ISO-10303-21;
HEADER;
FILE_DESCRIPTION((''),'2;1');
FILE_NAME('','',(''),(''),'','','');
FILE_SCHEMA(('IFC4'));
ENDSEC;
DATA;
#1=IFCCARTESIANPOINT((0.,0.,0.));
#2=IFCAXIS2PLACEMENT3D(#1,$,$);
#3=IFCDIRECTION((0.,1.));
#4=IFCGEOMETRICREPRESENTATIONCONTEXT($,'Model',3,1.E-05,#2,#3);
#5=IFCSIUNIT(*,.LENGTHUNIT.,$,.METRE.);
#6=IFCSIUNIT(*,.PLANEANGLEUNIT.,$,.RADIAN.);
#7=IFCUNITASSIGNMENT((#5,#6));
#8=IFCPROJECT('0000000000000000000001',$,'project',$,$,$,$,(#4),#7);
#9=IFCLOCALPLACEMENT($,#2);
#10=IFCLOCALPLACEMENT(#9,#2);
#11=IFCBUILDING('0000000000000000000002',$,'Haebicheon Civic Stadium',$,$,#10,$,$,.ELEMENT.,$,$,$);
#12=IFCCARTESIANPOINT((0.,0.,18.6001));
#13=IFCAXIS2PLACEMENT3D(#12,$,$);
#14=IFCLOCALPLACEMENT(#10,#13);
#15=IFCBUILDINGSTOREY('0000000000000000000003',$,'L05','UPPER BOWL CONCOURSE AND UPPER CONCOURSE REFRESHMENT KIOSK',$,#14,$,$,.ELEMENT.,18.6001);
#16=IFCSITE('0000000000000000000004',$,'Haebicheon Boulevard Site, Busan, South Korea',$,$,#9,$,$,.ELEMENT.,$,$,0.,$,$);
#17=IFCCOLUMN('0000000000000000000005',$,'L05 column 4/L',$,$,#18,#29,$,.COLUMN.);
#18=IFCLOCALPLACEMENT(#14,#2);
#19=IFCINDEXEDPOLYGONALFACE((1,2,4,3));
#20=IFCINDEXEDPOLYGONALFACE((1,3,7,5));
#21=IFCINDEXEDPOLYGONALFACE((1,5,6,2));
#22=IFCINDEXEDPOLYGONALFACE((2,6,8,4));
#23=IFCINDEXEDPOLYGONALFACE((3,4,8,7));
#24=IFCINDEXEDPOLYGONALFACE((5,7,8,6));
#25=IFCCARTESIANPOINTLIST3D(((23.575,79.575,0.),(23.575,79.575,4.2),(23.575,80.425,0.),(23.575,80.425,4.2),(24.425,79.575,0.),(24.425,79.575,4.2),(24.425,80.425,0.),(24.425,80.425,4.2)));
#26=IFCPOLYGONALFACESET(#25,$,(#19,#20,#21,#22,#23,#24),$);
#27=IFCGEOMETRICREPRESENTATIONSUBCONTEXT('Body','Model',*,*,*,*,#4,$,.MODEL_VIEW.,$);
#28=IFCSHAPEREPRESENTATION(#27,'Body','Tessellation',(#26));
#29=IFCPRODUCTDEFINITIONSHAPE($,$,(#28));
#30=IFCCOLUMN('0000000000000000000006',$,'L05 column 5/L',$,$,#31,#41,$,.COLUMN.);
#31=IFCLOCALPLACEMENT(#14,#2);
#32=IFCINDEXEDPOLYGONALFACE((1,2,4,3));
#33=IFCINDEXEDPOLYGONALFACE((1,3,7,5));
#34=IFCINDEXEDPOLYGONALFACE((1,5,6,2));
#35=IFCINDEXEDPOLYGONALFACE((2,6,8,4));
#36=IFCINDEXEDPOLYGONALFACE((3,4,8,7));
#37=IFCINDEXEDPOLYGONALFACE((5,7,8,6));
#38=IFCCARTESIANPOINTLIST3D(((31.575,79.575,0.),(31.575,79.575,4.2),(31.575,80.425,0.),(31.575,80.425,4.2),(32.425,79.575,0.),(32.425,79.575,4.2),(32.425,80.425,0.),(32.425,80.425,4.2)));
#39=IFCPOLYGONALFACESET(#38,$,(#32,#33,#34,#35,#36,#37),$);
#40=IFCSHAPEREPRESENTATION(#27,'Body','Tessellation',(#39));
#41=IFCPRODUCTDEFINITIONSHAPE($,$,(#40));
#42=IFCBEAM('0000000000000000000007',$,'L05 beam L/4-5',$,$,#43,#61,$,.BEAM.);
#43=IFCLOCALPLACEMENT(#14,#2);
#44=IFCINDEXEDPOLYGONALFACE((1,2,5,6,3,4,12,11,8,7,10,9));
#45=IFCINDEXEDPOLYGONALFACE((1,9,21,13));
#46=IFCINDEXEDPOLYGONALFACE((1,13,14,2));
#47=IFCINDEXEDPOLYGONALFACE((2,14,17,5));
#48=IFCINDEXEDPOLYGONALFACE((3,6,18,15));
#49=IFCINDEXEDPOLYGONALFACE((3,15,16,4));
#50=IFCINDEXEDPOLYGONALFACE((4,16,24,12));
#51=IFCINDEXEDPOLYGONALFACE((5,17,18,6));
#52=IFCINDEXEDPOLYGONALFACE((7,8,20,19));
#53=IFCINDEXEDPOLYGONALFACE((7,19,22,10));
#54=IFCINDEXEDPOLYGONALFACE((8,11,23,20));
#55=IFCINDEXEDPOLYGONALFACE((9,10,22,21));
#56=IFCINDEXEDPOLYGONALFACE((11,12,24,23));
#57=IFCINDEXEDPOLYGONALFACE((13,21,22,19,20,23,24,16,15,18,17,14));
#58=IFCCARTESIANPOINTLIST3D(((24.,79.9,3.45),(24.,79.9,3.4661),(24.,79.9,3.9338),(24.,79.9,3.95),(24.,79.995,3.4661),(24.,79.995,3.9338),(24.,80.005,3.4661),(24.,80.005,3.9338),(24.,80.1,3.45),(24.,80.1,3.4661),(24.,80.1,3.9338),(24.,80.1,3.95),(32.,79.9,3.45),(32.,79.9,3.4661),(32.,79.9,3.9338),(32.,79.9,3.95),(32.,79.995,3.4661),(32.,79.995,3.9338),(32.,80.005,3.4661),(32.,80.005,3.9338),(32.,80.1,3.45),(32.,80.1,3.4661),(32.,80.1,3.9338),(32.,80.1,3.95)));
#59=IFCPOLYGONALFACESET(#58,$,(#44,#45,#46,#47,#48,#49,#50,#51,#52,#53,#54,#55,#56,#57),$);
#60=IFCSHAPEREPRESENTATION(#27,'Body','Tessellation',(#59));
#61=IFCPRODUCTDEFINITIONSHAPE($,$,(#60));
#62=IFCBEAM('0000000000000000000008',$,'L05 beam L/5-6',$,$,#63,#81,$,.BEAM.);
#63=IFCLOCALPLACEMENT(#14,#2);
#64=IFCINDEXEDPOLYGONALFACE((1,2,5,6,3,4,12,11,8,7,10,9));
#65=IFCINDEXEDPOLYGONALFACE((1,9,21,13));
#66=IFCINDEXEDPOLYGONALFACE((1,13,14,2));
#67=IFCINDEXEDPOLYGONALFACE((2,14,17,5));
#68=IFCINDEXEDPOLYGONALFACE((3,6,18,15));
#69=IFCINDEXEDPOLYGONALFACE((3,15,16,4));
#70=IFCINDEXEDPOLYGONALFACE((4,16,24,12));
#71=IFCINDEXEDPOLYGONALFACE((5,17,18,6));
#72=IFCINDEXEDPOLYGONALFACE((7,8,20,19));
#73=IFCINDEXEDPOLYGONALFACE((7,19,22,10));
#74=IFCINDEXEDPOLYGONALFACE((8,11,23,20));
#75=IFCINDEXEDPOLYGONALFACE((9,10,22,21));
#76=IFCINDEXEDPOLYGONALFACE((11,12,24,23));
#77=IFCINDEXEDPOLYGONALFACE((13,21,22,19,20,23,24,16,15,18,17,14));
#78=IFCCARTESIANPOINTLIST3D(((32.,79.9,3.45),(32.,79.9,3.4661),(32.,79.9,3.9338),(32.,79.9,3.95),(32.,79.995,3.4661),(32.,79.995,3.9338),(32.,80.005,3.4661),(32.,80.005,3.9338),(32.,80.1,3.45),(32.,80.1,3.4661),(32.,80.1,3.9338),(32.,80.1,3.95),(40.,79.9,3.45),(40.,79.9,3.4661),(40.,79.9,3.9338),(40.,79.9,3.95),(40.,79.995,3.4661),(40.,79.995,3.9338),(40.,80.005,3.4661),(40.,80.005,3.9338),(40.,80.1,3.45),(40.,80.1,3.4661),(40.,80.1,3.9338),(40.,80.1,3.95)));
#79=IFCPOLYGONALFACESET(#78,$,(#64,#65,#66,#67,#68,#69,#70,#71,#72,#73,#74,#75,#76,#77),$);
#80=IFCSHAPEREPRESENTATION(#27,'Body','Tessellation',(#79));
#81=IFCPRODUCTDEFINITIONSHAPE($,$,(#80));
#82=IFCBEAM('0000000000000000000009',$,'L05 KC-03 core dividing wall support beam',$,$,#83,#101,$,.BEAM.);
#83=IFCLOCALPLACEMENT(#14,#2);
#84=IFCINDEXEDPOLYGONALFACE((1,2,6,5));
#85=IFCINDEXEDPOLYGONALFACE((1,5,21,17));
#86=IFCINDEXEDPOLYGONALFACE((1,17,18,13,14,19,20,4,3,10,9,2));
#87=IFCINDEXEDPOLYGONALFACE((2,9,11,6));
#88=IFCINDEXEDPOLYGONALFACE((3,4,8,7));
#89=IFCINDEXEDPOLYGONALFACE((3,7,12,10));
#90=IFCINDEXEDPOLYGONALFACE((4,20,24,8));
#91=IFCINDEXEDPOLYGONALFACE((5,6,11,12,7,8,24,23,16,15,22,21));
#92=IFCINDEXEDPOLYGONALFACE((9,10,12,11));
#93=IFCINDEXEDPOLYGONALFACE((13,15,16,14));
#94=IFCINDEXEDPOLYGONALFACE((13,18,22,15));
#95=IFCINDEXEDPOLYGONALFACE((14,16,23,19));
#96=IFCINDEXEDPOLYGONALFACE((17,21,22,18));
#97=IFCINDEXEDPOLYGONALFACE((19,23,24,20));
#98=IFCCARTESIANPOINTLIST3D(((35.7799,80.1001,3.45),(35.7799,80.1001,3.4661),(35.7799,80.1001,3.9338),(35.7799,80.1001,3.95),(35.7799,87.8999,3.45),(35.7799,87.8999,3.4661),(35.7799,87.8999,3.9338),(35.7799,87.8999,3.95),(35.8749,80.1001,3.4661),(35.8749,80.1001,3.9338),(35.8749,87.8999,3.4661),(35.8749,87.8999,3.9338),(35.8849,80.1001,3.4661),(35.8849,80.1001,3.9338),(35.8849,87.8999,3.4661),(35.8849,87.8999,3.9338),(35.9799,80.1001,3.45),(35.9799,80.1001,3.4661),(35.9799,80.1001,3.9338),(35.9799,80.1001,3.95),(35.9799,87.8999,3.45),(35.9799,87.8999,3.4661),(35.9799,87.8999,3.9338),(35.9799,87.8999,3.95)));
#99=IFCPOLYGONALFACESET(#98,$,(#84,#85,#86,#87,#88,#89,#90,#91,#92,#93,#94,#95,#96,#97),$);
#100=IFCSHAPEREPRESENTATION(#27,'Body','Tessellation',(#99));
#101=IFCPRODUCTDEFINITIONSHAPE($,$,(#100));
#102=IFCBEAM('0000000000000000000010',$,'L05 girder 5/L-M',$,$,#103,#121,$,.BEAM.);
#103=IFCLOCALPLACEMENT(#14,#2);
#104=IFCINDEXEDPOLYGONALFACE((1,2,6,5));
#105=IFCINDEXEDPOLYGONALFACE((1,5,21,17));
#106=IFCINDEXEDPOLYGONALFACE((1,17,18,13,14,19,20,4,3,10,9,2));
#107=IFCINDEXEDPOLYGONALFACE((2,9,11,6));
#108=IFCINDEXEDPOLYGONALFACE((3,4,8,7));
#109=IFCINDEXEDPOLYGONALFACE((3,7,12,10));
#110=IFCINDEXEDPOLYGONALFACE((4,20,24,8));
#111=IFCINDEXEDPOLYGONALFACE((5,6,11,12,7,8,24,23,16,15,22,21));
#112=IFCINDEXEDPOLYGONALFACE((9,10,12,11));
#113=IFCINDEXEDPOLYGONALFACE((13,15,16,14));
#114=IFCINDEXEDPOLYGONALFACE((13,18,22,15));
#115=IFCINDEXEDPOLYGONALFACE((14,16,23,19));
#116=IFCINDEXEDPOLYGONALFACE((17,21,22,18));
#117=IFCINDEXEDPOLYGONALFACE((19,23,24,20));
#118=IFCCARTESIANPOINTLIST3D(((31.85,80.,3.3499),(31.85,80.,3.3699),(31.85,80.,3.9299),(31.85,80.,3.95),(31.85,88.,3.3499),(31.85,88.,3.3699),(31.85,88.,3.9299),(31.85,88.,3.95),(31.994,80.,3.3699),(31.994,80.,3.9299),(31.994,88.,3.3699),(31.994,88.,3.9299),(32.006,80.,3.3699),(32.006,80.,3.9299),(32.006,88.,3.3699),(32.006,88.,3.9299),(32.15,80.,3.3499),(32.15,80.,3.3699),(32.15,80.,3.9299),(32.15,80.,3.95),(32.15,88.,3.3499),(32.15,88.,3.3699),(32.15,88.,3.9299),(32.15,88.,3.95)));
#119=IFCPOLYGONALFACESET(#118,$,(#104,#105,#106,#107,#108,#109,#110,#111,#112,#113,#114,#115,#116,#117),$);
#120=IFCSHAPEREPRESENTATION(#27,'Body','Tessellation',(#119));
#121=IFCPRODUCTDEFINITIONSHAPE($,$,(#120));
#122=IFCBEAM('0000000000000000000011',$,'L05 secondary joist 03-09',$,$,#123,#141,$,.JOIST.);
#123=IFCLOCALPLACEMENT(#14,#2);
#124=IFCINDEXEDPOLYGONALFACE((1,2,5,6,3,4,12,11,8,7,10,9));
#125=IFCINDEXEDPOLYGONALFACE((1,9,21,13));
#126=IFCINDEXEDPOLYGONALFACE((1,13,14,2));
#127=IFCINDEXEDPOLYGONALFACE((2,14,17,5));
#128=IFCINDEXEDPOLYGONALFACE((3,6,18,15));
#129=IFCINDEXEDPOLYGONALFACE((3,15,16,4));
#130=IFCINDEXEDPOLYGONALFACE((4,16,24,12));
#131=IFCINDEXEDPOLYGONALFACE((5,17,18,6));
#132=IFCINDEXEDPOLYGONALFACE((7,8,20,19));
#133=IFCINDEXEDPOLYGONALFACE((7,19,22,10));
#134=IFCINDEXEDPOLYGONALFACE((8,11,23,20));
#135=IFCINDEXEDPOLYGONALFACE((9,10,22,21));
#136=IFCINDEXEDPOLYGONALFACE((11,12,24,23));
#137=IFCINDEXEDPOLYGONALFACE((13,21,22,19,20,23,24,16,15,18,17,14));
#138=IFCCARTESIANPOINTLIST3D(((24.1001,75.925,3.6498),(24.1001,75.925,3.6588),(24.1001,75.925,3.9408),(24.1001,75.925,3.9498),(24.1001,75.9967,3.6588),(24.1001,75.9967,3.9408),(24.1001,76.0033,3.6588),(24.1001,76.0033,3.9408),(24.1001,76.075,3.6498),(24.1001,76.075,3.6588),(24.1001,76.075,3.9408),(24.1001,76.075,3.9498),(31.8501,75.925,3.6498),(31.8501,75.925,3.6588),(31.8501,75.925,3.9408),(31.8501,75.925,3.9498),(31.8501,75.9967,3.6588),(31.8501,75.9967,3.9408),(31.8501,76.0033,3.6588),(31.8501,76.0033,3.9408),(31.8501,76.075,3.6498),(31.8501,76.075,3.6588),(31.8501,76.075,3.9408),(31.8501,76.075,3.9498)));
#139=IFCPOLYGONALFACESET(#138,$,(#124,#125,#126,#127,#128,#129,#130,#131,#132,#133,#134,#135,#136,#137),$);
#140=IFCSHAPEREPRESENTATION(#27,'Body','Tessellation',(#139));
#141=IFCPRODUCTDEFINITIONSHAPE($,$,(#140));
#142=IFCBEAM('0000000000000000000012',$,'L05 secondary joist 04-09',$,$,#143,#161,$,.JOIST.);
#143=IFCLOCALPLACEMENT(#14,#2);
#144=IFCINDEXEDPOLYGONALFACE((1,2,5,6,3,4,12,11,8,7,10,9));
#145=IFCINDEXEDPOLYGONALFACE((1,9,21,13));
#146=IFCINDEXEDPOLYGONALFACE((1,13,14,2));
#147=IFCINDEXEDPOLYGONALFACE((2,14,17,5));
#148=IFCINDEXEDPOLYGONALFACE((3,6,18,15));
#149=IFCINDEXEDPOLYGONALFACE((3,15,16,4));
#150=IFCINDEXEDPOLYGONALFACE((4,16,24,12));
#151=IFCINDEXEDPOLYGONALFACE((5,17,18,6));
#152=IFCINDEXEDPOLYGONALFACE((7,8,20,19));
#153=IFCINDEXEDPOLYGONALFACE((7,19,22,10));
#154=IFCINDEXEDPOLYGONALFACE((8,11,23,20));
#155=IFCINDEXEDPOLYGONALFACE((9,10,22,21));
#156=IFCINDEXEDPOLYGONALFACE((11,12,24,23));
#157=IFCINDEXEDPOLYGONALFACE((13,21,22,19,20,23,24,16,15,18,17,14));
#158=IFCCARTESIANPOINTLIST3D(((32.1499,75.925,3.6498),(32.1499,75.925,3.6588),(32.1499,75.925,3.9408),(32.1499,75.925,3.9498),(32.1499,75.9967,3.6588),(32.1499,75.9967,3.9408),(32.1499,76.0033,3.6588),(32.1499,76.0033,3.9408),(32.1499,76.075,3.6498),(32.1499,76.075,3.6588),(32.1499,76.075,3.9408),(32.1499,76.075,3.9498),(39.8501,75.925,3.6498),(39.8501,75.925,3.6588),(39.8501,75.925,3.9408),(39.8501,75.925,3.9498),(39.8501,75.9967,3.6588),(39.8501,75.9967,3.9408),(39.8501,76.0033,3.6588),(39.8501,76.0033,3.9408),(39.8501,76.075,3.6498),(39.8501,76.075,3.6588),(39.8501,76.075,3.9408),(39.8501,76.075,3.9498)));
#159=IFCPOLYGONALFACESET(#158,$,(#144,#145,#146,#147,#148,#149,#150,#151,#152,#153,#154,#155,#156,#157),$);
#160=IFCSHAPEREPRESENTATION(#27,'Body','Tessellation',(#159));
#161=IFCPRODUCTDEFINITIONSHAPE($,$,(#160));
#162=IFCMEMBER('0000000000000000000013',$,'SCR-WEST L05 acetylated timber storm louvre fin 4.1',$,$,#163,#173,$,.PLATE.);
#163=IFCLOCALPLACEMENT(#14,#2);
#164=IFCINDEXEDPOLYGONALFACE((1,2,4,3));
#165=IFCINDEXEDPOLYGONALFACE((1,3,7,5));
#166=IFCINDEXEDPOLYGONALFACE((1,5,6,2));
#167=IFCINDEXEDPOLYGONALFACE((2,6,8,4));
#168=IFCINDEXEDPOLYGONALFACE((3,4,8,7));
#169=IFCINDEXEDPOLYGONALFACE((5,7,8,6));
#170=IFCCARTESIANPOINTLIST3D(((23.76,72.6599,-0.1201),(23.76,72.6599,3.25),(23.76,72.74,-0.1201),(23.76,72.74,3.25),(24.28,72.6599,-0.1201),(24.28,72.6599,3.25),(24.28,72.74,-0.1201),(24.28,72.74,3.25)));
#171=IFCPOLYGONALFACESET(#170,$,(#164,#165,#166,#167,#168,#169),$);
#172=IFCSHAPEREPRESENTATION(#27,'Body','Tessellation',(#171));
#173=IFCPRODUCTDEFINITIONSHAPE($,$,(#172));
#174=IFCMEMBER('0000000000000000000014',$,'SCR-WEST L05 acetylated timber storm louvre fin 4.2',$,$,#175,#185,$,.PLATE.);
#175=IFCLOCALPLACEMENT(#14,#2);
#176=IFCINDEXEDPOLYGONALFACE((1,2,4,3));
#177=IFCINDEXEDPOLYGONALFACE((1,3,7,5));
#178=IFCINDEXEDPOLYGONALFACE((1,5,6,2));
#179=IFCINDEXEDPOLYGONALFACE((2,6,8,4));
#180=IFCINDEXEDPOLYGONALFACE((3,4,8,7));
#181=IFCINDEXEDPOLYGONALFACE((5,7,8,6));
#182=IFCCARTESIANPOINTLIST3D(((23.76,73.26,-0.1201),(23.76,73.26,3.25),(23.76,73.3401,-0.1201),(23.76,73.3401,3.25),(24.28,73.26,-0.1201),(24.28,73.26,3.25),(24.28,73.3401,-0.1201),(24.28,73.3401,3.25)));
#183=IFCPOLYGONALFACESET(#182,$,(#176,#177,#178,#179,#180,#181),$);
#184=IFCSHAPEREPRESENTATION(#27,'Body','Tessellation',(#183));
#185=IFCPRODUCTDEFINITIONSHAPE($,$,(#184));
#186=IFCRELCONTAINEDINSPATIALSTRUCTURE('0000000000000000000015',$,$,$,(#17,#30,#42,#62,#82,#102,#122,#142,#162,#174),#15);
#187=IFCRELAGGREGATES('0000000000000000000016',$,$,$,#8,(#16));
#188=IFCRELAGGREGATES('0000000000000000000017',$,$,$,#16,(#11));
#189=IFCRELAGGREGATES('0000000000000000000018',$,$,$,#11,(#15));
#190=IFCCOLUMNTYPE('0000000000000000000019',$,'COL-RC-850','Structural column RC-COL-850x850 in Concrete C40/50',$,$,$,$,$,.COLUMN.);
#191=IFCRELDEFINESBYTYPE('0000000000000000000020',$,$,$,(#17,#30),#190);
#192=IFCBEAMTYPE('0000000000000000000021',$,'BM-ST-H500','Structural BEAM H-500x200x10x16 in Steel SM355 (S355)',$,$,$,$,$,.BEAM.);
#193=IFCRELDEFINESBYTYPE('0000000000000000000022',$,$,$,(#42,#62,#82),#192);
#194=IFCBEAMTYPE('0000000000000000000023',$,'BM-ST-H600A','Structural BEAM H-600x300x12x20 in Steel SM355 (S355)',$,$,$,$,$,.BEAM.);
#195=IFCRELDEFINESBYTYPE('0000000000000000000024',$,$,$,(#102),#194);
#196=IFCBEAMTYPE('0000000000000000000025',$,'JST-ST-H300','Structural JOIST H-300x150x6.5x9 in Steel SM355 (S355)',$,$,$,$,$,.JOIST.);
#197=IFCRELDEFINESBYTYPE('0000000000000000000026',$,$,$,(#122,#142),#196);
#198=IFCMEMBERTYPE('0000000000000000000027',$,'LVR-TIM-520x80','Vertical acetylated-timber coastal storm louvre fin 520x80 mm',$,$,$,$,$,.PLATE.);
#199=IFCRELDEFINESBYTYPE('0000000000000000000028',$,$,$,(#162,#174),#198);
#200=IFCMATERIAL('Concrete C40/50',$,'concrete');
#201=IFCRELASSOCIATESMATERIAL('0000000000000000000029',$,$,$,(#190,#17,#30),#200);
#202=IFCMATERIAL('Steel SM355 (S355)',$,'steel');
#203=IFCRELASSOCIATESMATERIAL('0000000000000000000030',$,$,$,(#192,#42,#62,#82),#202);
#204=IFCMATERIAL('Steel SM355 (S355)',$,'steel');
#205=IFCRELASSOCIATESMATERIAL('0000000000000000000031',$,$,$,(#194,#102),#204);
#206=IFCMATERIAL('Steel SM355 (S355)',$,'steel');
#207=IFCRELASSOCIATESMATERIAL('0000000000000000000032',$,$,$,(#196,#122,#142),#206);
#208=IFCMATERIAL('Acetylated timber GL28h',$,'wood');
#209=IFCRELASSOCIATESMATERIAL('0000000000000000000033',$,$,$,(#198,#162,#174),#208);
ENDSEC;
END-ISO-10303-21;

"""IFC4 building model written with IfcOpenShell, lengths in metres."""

from ifc_helpers import new_model, si_unit, direction, frame, origin, origin_2d, place, context, subcontext, project, spatial, rectangle, i_section, extrude, material, material_profile, profile_set, type_object, element, save


model = new_model("IFC4")

# Units and contexts
model_context = context("Model", 3, precision=1e-05, world=origin(), true_north=direction((0.0, 1.0)))
body_context = subcontext(model_context, "Body", "Model", "MODEL_VIEW")
ifc_project = project(units=[si_unit("LENGTHUNIT", "METRE"), si_unit("PLANEANGLEUNIT", "RADIAN")], contexts=[model_context])

# Site, building, storey
site_placement = place(None, origin())
site = spatial("IfcSite", under=ifc_project, at=site_placement, Name="Haebicheon Boulevard Site, Busan, South Korea", CompositionType="ELEMENT", RefElevation=0.0)
building_placement = place(site_placement, origin())
building = spatial("IfcBuilding", under=site, at=building_placement, Name="Haebicheon Civic Stadium", CompositionType="ELEMENT")
storey_placement = place(building_placement, frame((0.0, 0.0, 18.6001)))
storey = spatial("IfcBuildingStorey", under=building, at=storey_placement, Name="L05", Description="UPPER BOWL CONCOURSE AND UPPER CONCOURSE REFRESHMENT KIOSK", CompositionType="ELEMENT", Elevation=18.6001)

# Columns
ifc_material_1 = material(Name="Concrete C40/50", Category="concrete")
ifc_material_profile_1 = material_profile(ifc_material_1, rectangle(XDim=0.8501, YDim=0.8501, at=origin_2d()), Name="RC-COL-850x850")
ifc_profile_set_1 = profile_set([ifc_material_profile_1], Name="Concrete C40/50")
column_type = type_object("IfcColumnType", Name="COL-RC-850", Description="Structural column RC-COL-850x850 in Concrete C40/50", PredefinedType="COLUMN", material=ifc_profile_set_1)
for number, where, z_axis, x_axis, name in (
    (1, (24.0, 80.0, 0.0), (0.0, 0.0, 1.0), (1.0, 0.0, 0.0), "L05 column 4/L"),
    (2, (32.0, 80.0, 0.0), (0.0, 0.0, 1.0), (1.0, 0.0, 0.0), "L05 column 5/L"),
):
    element("IfcColumn", number, at=place(storey_placement, frame(where, z_axis=z_axis, x_axis=x_axis)), inside=storey, type_object=column_type, material=ifc_profile_set_1, Name=name, PredefinedType="COLUMN", context=body_context, shape_type="SweptSolid", body=[
        extrude(rectangle(XDim=0.8501, YDim=0.8501, at=origin_2d()), origin(), (0.0, 0.0, 1.0), 4.2),
    ])

# Beams
ifc_material_2 = material(Name="Steel SM355 (S355)", Category="steel")
ifc_material_profile_2 = material_profile(ifc_material_2, i_section(OverallWidth=0.2, OverallDepth=0.5, WebThickness=0.01, FlangeThickness=0.0161, at=origin_2d()), Name="H-500x200x10x16")
ifc_profile_set_2 = profile_set([ifc_material_profile_2], Name="Steel SM355 (S355)")
beam_type_1 = type_object("IfcBeamType", Name="BM-ST-H500", Description="Structural BEAM H-500x200x10x16 in Steel SM355 (S355)", PredefinedType="BEAM", material=ifc_profile_set_2)
for number, where, z_axis, x_axis, name in (
    (3, (24.0, 80.0, 3.7), (1.0, 0.0, 0.0), (0.0, 1.0, 0.0), "L05 beam L/4-5"),
    (4, (32.0, 80.0, 3.7), (1.0, 0.0, 0.0), (0.0, 1.0, 0.0), "L05 beam L/5-6"),
):
    element("IfcBeam", number, at=place(storey_placement, frame(where, z_axis=z_axis, x_axis=x_axis)), inside=storey, type_object=beam_type_1, material=ifc_profile_set_2, Name=name, PredefinedType="BEAM", context=body_context, shape_type="SweptSolid", body=[
        extrude(i_section(OverallWidth=0.2, OverallDepth=0.5, WebThickness=0.01, FlangeThickness=0.0161, at=origin_2d()), origin(), (0.0, 0.0, 1.0), 8.0),
    ])
beam_1_placement = place(storey_placement, frame((35.8799, 80.1001, 3.7), z_axis=(0.0, 1.0, 0.0), x_axis=(-1.0, 0.0, 0.0)))
element("IfcBeam", 5, at=beam_1_placement, inside=storey, type_object=beam_type_1, material=ifc_profile_set_2, Name="L05 KC-03 core dividing wall support beam", PredefinedType="BEAM", context=body_context, shape_type="SweptSolid", body=[
    extrude(i_section(OverallWidth=0.2, OverallDepth=0.5, WebThickness=0.01, FlangeThickness=0.0161, at=origin_2d()), origin(), (0.0, 0.0, 1.0), 7.7998),
])
ifc_material_3 = material(Name="Steel SM355 (S355)", Category="steel")
ifc_material_profile_3 = material_profile(ifc_material_3, i_section(OverallWidth=0.3, OverallDepth=0.6001, WebThickness=0.012, FlangeThickness=0.02, at=origin_2d()), Name="H-600x300x12x20")
ifc_profile_set_3 = profile_set([ifc_material_profile_3], Name="Steel SM355 (S355)")
beam_type_2 = type_object("IfcBeamType", Name="BM-ST-H600A", Description="Structural BEAM H-600x300x12x20 in Steel SM355 (S355)", PredefinedType="BEAM", material=ifc_profile_set_3)
beam_2_placement = place(storey_placement, frame((32.0, 80.0, 3.6499), z_axis=(0.0, 1.0, 0.0), x_axis=(-1.0, 0.0, 0.0)))
element("IfcBeam", 6, at=beam_2_placement, inside=storey, type_object=beam_type_2, material=ifc_profile_set_3, Name="L05 girder 5/L-M", PredefinedType="BEAM", context=body_context, shape_type="SweptSolid", body=[
    extrude(i_section(OverallWidth=0.3, OverallDepth=0.6001, WebThickness=0.012, FlangeThickness=0.02, at=origin_2d()), origin(), (0.0, 0.0, 1.0), 8.0),
])
ifc_material_4 = material(Name="Steel SM355 (S355)", Category="steel")
ifc_material_profile_4 = material_profile(ifc_material_4, i_section(OverallWidth=0.1499, OverallDepth=0.3, WebThickness=0.0066, FlangeThickness=0.009, at=origin_2d()), Name="H-300x150x6.5x9")
ifc_profile_set_4 = profile_set([ifc_material_profile_4], Name="Steel SM355 (S355)")
beam_type_3 = type_object("IfcBeamType", Name="JST-ST-H300", Description="Structural JOIST H-300x150x6.5x9 in Steel SM355 (S355)", PredefinedType="JOIST", material=ifc_profile_set_4)
beam_3_placement = place(storey_placement, frame((24.1001, 76.0, 3.7998), z_axis=(1.0, 0.0, 0.0), x_axis=(0.0, 1.0, 0.0)))
element("IfcBeam", 7, at=beam_3_placement, inside=storey, type_object=beam_type_3, material=ifc_profile_set_4, Name="L05 secondary joist 03-09", PredefinedType="JOIST", context=body_context, shape_type="SweptSolid", body=[
    extrude(i_section(OverallWidth=0.1499, OverallDepth=0.3, WebThickness=0.0066, FlangeThickness=0.009, at=origin_2d()), origin(), (0.0, 0.0, 1.0), 7.75),
])
beam_4_placement = place(storey_placement, frame((32.1499, 76.0, 3.7998), z_axis=(1.0, 0.0, 0.0), x_axis=(0.0, 1.0, 0.0)))
element("IfcBeam", 8, at=beam_4_placement, inside=storey, type_object=beam_type_3, material=ifc_profile_set_4, Name="L05 secondary joist 04-09", PredefinedType="JOIST", context=body_context, shape_type="SweptSolid", body=[
    extrude(i_section(OverallWidth=0.1499, OverallDepth=0.3, WebThickness=0.0066, FlangeThickness=0.009, at=origin_2d()), origin(), (0.0, 0.0, 1.0), 7.7002),
])

# Members
ifc_material_5 = material(Name="Acetylated timber GL28h", Category="wood")
ifc_material_profile_5 = material_profile(ifc_material_5, rectangle(XDim=0.0801, YDim=0.52, at=origin_2d()), Name="TMB-LOUV-80x520")
ifc_profile_set_5 = profile_set([ifc_material_profile_5], Name="Acetylated timber GL28h")
member_type_1 = type_object("IfcMemberType", Name="LVR-TIM-520x80", Description="Vertical acetylated-timber coastal storm louvre fin 520x80 mm", PredefinedType="PLATE", material=ifc_profile_set_5)
for number, where, z_axis, x_axis, name in (
    (9, (24.02, 72.7, -0.1201), (0.0, 0.0, 1.0), (0.0, 1.0, 0.0), "SCR-WEST L05 acetylated timber storm louvre fin 4.1"),
    (10, (24.02, 73.3, -0.1201), (0.0, 0.0, 1.0), (0.0, 1.0, 0.0), "SCR-WEST L05 acetylated timber storm louvre fin 4.2"),
):
    element("IfcMember", number, at=place(storey_placement, frame(where, z_axis=z_axis, x_axis=x_axis)), inside=storey, type_object=member_type_1, material=ifc_profile_set_5, Name=name, PredefinedType="PLATE", context=body_context, shape_type="SweptSolid", body=[
        extrude(rectangle(XDim=0.0801, YDim=0.52, at=origin_2d()), origin(), (0.0, 0.0, 1.0), 3.3701),
    ])

save(model, "model.ifc")
